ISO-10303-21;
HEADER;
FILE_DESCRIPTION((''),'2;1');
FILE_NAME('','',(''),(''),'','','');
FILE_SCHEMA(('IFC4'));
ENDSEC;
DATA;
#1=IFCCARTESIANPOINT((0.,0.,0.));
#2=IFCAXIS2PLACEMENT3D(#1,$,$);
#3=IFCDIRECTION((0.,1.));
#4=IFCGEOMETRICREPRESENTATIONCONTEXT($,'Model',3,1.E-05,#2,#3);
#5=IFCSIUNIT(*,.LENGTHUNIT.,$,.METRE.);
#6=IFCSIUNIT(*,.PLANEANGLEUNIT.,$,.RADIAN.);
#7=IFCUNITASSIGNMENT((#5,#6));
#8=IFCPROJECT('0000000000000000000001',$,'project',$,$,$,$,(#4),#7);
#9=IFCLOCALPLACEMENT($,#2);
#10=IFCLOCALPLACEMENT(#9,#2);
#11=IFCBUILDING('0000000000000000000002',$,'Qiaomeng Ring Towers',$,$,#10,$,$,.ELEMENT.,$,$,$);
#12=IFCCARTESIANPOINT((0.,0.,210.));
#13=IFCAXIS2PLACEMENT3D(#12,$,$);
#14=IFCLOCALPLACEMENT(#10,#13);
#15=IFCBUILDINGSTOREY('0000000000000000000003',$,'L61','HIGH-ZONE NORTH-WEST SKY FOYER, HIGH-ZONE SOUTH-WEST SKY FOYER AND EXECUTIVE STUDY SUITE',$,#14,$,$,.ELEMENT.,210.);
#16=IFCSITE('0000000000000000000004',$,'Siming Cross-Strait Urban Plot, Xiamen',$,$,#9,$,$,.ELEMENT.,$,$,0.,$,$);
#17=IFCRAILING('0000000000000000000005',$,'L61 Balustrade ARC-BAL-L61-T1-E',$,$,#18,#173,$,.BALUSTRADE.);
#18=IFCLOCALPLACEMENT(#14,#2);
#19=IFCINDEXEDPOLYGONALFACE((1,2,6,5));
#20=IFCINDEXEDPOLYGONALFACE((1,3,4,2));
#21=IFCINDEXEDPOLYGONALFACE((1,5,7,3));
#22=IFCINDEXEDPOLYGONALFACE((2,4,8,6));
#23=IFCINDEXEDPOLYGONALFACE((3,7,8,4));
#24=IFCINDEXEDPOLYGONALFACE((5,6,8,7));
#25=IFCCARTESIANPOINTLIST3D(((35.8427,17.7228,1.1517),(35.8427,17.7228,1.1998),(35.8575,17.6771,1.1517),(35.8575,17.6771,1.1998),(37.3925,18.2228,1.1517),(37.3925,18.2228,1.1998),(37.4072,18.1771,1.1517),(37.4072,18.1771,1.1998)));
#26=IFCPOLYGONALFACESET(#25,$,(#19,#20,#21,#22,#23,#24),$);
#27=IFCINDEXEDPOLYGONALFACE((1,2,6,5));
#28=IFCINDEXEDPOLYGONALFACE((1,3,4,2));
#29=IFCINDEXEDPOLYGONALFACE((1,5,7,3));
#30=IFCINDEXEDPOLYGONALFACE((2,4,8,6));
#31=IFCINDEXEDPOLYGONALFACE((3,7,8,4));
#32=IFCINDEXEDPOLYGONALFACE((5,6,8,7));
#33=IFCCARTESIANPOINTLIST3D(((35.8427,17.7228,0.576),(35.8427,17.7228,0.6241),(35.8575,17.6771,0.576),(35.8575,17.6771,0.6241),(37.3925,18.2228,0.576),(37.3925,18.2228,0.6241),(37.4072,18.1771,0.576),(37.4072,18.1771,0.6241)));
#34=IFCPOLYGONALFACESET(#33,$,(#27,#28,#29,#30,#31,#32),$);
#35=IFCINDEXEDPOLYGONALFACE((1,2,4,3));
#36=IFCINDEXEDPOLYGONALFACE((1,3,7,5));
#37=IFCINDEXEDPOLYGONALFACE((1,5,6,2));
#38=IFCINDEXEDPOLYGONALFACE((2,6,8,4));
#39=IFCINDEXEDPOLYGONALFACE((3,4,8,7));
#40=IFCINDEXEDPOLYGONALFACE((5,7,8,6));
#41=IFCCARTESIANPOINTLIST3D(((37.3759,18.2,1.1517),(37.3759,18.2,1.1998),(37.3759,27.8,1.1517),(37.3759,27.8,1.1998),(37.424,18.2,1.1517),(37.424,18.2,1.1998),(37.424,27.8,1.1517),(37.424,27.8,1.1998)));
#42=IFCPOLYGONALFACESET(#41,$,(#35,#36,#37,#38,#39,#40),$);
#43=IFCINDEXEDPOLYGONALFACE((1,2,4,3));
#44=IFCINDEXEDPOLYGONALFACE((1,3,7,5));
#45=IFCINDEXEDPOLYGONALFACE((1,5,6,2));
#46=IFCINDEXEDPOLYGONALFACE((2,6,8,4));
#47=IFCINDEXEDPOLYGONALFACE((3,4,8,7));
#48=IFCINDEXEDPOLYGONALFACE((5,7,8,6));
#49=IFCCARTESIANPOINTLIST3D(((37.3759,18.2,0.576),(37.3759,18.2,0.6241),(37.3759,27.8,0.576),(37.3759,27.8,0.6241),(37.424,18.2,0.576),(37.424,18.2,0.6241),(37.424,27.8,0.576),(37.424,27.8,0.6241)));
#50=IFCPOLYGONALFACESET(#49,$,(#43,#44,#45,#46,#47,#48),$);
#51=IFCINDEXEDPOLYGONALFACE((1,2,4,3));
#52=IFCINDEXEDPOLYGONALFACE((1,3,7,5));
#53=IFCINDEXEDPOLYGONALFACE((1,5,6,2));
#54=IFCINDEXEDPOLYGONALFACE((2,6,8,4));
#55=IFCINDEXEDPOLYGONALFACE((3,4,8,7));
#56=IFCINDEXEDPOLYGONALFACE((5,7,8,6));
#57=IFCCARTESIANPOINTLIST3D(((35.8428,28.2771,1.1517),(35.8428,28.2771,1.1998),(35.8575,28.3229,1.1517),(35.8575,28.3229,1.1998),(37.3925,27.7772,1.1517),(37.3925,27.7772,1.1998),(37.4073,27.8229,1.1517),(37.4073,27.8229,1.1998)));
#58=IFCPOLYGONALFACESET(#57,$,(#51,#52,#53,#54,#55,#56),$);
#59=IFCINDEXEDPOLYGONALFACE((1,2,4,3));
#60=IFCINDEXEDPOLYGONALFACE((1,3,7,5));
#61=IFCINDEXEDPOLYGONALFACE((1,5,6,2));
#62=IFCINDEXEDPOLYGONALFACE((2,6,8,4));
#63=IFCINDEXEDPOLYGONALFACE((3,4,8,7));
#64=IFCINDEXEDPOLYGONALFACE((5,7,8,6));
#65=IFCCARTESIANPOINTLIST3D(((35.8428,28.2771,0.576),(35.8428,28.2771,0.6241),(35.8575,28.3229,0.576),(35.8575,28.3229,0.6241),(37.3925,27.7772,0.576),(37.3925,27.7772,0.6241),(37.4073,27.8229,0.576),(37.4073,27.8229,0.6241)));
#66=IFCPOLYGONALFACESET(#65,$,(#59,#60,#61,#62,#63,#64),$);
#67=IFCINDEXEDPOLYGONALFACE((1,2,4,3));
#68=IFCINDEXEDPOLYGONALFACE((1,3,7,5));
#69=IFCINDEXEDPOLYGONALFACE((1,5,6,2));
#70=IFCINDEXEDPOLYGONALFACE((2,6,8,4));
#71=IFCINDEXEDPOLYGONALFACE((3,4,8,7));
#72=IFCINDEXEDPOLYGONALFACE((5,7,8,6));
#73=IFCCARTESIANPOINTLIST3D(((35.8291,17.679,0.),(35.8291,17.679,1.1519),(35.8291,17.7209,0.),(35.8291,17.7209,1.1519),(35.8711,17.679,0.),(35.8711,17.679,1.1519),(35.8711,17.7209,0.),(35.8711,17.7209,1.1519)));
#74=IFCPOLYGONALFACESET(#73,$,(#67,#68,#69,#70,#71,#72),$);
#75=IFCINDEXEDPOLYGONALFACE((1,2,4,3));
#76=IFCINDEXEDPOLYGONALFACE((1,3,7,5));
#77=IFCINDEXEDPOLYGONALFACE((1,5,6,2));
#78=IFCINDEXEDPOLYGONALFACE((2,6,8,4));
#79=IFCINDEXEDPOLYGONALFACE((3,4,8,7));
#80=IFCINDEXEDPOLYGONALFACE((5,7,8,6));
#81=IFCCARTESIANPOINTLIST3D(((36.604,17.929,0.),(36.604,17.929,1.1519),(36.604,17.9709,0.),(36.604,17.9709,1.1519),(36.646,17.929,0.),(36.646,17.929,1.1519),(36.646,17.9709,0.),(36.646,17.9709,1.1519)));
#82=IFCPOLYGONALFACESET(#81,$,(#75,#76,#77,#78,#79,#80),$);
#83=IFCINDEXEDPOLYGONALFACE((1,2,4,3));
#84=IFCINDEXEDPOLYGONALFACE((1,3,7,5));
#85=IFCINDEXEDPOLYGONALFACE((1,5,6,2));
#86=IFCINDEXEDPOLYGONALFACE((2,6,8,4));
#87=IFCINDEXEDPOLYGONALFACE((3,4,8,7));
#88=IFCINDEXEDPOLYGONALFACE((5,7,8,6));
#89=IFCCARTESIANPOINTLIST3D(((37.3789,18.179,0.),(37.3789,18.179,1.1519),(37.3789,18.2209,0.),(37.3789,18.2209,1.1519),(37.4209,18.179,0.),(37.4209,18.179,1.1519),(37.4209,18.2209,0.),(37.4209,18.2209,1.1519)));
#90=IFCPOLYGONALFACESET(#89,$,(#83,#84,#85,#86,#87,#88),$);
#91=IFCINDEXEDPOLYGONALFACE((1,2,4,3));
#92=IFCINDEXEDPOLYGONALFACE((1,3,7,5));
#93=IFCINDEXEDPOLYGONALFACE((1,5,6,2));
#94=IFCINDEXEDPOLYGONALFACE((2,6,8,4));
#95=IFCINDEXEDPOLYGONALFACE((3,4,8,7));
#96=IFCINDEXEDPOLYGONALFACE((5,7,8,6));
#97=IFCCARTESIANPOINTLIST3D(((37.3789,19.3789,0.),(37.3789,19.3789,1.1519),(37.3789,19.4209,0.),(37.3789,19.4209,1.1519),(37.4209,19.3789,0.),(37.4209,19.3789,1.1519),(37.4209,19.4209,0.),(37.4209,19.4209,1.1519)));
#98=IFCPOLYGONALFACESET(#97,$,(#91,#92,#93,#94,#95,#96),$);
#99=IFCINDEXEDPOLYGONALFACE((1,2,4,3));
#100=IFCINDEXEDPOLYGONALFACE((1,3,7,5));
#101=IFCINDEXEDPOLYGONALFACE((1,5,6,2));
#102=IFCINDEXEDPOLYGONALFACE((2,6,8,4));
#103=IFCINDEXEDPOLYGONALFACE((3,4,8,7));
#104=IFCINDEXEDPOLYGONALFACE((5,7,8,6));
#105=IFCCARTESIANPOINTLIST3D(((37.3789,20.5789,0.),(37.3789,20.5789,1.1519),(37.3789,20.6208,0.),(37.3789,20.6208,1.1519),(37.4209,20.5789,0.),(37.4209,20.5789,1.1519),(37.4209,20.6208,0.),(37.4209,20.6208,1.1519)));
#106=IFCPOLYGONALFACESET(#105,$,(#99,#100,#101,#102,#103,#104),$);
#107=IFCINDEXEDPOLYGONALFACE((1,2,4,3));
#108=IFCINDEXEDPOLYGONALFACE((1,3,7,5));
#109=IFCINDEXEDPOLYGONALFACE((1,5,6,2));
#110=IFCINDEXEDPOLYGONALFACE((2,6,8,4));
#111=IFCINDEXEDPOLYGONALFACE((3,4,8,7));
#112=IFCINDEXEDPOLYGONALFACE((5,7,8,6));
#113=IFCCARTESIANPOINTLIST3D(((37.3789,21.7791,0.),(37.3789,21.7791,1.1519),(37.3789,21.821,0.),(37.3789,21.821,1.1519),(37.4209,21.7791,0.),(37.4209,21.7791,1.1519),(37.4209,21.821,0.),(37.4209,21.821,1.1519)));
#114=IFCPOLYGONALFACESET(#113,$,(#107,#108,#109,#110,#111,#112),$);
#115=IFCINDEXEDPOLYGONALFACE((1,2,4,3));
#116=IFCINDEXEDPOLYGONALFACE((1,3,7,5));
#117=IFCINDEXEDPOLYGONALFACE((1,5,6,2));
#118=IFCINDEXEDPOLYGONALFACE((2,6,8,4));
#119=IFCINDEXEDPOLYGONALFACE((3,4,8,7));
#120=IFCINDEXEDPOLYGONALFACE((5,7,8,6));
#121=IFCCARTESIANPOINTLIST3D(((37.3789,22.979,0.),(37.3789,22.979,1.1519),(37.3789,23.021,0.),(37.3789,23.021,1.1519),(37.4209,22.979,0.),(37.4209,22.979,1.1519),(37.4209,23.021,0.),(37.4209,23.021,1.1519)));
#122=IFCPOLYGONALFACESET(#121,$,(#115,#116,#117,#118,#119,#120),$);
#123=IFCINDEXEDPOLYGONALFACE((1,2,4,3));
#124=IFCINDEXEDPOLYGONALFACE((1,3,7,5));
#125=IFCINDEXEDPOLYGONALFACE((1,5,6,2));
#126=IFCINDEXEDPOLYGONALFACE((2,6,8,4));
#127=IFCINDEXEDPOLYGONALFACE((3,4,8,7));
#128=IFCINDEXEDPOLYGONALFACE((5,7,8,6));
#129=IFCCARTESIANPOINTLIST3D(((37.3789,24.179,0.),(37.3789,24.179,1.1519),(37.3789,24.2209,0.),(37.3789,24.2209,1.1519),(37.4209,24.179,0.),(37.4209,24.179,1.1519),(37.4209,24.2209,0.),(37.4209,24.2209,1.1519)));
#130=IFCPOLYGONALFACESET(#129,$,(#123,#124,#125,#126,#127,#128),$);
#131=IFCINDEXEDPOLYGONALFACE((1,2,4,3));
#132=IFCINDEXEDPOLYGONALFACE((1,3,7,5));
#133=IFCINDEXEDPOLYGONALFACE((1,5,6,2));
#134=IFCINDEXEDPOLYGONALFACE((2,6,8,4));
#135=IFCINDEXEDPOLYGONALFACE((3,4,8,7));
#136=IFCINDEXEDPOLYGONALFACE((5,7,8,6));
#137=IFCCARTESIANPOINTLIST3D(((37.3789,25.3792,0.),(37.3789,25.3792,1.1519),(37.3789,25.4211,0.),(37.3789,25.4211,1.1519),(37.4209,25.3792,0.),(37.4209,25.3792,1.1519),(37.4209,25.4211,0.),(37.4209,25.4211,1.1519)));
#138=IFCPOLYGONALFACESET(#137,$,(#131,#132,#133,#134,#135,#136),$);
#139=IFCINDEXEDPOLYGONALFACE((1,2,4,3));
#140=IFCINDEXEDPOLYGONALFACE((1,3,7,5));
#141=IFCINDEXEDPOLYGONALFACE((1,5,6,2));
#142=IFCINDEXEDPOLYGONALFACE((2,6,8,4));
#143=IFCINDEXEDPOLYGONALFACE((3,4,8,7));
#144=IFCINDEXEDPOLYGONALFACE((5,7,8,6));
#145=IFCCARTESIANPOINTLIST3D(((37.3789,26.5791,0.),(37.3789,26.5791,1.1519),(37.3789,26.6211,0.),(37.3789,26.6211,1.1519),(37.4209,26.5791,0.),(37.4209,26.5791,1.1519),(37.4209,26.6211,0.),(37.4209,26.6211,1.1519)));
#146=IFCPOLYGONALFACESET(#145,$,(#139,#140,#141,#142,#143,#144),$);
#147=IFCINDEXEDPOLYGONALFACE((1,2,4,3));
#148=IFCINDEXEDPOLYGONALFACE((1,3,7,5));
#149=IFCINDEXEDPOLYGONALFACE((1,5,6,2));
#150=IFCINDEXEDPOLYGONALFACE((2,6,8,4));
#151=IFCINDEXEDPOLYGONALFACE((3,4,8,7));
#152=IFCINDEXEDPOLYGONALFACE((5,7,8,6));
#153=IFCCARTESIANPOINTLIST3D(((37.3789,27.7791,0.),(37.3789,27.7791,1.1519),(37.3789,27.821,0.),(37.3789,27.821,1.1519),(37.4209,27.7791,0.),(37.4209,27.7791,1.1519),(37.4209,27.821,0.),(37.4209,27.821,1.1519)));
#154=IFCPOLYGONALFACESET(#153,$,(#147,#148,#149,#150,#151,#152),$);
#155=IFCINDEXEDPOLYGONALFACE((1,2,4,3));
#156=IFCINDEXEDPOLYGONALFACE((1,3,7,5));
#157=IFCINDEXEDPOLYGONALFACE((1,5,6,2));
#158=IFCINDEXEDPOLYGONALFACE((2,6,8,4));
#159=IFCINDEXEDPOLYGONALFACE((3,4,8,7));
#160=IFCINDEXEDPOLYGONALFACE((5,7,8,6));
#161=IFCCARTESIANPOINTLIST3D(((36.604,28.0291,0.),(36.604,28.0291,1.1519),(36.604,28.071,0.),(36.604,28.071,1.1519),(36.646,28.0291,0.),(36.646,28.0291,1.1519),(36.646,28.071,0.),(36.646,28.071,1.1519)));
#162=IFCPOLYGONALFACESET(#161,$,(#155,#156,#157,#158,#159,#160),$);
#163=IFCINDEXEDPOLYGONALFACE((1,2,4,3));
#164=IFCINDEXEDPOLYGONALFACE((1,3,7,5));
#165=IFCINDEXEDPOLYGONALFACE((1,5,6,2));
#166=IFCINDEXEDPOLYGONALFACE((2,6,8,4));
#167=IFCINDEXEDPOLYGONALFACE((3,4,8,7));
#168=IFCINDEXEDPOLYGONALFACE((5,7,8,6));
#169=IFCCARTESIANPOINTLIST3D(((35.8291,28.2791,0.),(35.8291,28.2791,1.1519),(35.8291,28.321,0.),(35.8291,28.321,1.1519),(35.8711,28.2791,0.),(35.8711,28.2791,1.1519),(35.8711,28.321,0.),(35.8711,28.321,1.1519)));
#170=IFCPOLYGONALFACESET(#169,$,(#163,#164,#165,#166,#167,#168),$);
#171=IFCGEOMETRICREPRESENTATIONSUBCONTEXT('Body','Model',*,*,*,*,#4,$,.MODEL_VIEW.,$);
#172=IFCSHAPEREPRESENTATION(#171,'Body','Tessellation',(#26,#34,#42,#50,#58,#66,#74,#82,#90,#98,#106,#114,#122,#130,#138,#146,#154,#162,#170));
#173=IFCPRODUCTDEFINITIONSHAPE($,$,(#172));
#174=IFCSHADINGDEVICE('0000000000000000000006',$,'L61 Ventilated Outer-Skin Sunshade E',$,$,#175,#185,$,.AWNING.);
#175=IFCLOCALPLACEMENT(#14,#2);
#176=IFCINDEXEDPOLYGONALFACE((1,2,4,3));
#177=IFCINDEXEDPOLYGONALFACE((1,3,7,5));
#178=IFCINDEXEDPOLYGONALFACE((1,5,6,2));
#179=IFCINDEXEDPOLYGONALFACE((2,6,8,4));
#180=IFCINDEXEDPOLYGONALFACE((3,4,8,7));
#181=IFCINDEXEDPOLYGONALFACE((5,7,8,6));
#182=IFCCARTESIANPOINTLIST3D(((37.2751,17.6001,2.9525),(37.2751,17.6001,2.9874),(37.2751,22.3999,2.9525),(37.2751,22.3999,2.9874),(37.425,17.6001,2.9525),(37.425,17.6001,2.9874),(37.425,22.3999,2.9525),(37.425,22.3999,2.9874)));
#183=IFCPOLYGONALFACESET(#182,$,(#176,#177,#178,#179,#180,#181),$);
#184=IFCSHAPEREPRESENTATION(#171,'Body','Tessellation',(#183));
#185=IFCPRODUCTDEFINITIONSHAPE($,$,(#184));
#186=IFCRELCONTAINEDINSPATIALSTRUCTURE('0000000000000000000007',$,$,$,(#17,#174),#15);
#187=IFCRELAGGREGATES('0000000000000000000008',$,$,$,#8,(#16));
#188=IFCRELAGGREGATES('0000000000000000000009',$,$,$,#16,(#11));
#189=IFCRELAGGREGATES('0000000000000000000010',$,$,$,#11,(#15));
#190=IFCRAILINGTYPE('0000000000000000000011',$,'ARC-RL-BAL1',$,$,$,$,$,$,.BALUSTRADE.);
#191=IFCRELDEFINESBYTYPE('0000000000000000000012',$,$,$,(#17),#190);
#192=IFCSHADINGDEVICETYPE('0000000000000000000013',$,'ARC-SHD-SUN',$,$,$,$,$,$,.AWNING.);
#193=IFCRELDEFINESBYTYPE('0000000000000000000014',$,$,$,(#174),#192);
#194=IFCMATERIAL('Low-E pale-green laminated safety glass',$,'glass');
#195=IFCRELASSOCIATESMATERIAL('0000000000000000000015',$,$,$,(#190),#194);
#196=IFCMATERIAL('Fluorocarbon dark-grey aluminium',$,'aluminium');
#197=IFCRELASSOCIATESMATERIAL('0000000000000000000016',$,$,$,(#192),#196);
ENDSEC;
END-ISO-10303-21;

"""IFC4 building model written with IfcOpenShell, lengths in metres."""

from ifc_helpers import new_model, si_unit, direction, frame, origin, origin_2d, place, context, subcontext, project, spatial, rectangle, extrude, source, transform, mapped, material, material_profile, profile_set, type_object, element, save


model = new_model("IFC4")

# Units and contexts
model_context = context("Model", 3, precision=1e-05, world=origin(), true_north=direction((0.0, 1.0)))
body_context = subcontext(model_context, "Body", "Model", "MODEL_VIEW")
ifc_project = project(units=[si_unit("LENGTHUNIT", "METRE"), si_unit("PLANEANGLEUNIT", "RADIAN")], contexts=[model_context])

# Site, building, storey
site_placement = place(None, origin())
site = spatial("IfcSite", under=ifc_project, at=site_placement, Name="Siming Cross-Strait Urban Plot, Xiamen", CompositionType="ELEMENT", RefElevation=0.0)
building_placement = place(site_placement, origin())
building = spatial("IfcBuilding", under=site, at=building_placement, Name="Qiaomeng Ring Towers", CompositionType="ELEMENT")
storey_placement = place(building_placement, frame((0.0, 0.0, 210.0)))
storey = spatial("IfcBuildingStorey", under=building, at=storey_placement, Name="L61", Description="HIGH-ZONE NORTH-WEST SKY FOYER, HIGH-ZONE SOUTH-WEST SKY FOYER AND EXECUTIVE STUDY SUITE", CompositionType="ELEMENT", Elevation=210.0)

# Railing
ifc_material_1 = material(Name="Low-E pale-green laminated safety glass", Category="glass")
railing_type = type_object("IfcRailingType", Name="ARC-RL-BAL1", PredefinedType="BALUSTRADE", material=ifc_material_1)
railing_placement = place(storey_placement, frame((35.8501, 17.7, 0.0)))
element("IfcRailing", 1, at=railing_placement, inside=storey, type_object=railing_type, Name="L61 Balustrade ARC-BAL-L61-T1-E", PredefinedType="BALUSTRADE", context=body_context, shape_type="SweptSolid", body=[
    extrude(rectangle(XDim=0.0481, YDim=0.0481, at=origin_2d()), frame((0.0, 0.0, 1.1758), z_axis=(0.951697, 0.307038, 0.0), x_axis=(-0.307038, 0.951697, 0.0)), (0.0, 0.0, 1.0), 1.6284),
    extrude(rectangle(XDim=0.0481, YDim=0.0481, at=origin_2d()), frame((0.0, 0.0, 0.6001), z_axis=(0.951697, 0.307038, 0.0), x_axis=(-0.307038, 0.951697, 0.0)), (0.0, 0.0, 1.0), 1.6284),
    extrude(rectangle(XDim=0.0481, YDim=0.0481, at=origin_2d()), frame((1.5498, 0.5, 1.1758), z_axis=(0.0, 1.0, 0.0), x_axis=(-1.0, 0.0, 0.0)), (0.0, 0.0, 1.0), 9.6001),
    extrude(rectangle(XDim=0.0481, YDim=0.0481, at=origin_2d()), frame((1.5498, 0.5, 0.6001), z_axis=(0.0, 1.0, 0.0), x_axis=(-1.0, 0.0, 0.0)), (0.0, 0.0, 1.0), 9.6001),
    extrude(rectangle(XDim=0.0481, YDim=0.0481, at=origin_2d()), frame((1.5498, 10.1001, 1.1758), z_axis=(-0.951697, 0.307038, 0.0), x_axis=(-0.307038, -0.951697, 0.0)), (0.0, 0.0, 1.0), 1.6284),
    extrude(rectangle(XDim=0.0481, YDim=0.0481, at=origin_2d()), frame((1.5498, 10.1001, 0.6001), z_axis=(-0.951697, 0.307038, 0.0), x_axis=(-0.307038, -0.951697, 0.0)), (0.0, 0.0, 1.0), 1.6284),
    extrude(rectangle(XDim=0.042, YDim=0.042, at=origin_2d()), origin(), (0.0, 0.0, 1.0), 1.1519),
    extrude(rectangle(XDim=0.042, YDim=0.042, at=origin_2d()), frame((0.7749, 0.25, 0.0)), (0.0, 0.0, 1.0), 1.1519),
    extrude(rectangle(XDim=0.042, YDim=0.042, at=origin_2d()), frame((1.5498, 0.5, 0.0)), (0.0, 0.0, 1.0), 1.1519),
    extrude(rectangle(XDim=0.042, YDim=0.042, at=origin_2d()), frame((1.5498, 1.7, 0.0)), (0.0, 0.0, 1.0), 1.1519),
    extrude(rectangle(XDim=0.042, YDim=0.042, at=origin_2d()), frame((1.5498, 2.8999, 0.0)), (0.0, 0.0, 1.0), 1.1519),
    extrude(rectangle(XDim=0.042, YDim=0.042, at=origin_2d()), frame((1.5498, 4.1001, 0.0)), (0.0, 0.0, 1.0), 1.1519),
    extrude(rectangle(XDim=0.042, YDim=0.042, at=origin_2d()), frame((1.5498, 5.3, 0.0)), (0.0, 0.0, 1.0), 1.1519),
    extrude(rectangle(XDim=0.042, YDim=0.042, at=origin_2d()), frame((1.5498, 6.5, 0.0)), (0.0, 0.0, 1.0), 1.1519),
    extrude(rectangle(XDim=0.042, YDim=0.042, at=origin_2d()), frame((1.5498, 7.7002, 0.0)), (0.0, 0.0, 1.0), 1.1519),
    extrude(rectangle(XDim=0.042, YDim=0.042, at=origin_2d()), frame((1.5498, 8.9001, 0.0)), (0.0, 0.0, 1.0), 1.1519),
    extrude(rectangle(XDim=0.042, YDim=0.042, at=origin_2d()), frame((1.5498, 10.1001, 0.0)), (0.0, 0.0, 1.0), 1.1519),
    extrude(rectangle(XDim=0.042, YDim=0.042, at=origin_2d()), frame((0.7749, 10.3501, 0.0)), (0.0, 0.0, 1.0), 1.1519),
    extrude(rectangle(XDim=0.042, YDim=0.042, at=origin_2d()), frame((0.0, 10.6001, 0.0)), (0.0, 0.0, 1.0), 1.1519),
])

# Shading device
ifc_material_2 = material(Name="Fluorocarbon dark-grey aluminium", Category="aluminium")
ifc_material_profile_1 = material_profile(ifc_material_2, rectangle(XDim=0.1499, YDim=0.0349, at=origin_2d()), Name="LV BLADE 150x35")
ifc_profile_set_1 = profile_set([ifc_material_profile_1], Name="Fluorocarbon dark-grey aluminium")
shading_device_type = type_object("IfcShadingDeviceType", Name="ARC-SHD-SUN", PredefinedType="AWNING", material=ifc_profile_set_1)
shared_shape_1 = source(origin(), body_context, "Body", "SweptSolid", [
    extrude(rectangle(XDim=0.1499, YDim=0.0349, at=origin_2d()), origin(), (0.0, 0.0, 1.0), 4.7998),
])
shading_device_placement = place(storey_placement, frame((37.3501, 17.6001, 2.97), z_axis=(0.0, 1.0, 0.0), x_axis=(-1.0, 0.0, 0.0)))
element("IfcShadingDevice", 2, at=shading_device_placement, inside=storey, type_object=shading_device_type, Name="L61 Ventilated Outer-Skin Sunshade E", PredefinedType="AWNING", context=body_context, shape_type="MappedRepresentation", body=[
    mapped(shared_shape_1, transform((0.0, 0.0, 0.0), x_axis=(1.0, 0.0, 0.0), y_axis=(0.0, 1.0, 0.0), z_axis=(0.0, 0.0, 1.0), scale=1.0)),
])

save(model, "model.ifc")
